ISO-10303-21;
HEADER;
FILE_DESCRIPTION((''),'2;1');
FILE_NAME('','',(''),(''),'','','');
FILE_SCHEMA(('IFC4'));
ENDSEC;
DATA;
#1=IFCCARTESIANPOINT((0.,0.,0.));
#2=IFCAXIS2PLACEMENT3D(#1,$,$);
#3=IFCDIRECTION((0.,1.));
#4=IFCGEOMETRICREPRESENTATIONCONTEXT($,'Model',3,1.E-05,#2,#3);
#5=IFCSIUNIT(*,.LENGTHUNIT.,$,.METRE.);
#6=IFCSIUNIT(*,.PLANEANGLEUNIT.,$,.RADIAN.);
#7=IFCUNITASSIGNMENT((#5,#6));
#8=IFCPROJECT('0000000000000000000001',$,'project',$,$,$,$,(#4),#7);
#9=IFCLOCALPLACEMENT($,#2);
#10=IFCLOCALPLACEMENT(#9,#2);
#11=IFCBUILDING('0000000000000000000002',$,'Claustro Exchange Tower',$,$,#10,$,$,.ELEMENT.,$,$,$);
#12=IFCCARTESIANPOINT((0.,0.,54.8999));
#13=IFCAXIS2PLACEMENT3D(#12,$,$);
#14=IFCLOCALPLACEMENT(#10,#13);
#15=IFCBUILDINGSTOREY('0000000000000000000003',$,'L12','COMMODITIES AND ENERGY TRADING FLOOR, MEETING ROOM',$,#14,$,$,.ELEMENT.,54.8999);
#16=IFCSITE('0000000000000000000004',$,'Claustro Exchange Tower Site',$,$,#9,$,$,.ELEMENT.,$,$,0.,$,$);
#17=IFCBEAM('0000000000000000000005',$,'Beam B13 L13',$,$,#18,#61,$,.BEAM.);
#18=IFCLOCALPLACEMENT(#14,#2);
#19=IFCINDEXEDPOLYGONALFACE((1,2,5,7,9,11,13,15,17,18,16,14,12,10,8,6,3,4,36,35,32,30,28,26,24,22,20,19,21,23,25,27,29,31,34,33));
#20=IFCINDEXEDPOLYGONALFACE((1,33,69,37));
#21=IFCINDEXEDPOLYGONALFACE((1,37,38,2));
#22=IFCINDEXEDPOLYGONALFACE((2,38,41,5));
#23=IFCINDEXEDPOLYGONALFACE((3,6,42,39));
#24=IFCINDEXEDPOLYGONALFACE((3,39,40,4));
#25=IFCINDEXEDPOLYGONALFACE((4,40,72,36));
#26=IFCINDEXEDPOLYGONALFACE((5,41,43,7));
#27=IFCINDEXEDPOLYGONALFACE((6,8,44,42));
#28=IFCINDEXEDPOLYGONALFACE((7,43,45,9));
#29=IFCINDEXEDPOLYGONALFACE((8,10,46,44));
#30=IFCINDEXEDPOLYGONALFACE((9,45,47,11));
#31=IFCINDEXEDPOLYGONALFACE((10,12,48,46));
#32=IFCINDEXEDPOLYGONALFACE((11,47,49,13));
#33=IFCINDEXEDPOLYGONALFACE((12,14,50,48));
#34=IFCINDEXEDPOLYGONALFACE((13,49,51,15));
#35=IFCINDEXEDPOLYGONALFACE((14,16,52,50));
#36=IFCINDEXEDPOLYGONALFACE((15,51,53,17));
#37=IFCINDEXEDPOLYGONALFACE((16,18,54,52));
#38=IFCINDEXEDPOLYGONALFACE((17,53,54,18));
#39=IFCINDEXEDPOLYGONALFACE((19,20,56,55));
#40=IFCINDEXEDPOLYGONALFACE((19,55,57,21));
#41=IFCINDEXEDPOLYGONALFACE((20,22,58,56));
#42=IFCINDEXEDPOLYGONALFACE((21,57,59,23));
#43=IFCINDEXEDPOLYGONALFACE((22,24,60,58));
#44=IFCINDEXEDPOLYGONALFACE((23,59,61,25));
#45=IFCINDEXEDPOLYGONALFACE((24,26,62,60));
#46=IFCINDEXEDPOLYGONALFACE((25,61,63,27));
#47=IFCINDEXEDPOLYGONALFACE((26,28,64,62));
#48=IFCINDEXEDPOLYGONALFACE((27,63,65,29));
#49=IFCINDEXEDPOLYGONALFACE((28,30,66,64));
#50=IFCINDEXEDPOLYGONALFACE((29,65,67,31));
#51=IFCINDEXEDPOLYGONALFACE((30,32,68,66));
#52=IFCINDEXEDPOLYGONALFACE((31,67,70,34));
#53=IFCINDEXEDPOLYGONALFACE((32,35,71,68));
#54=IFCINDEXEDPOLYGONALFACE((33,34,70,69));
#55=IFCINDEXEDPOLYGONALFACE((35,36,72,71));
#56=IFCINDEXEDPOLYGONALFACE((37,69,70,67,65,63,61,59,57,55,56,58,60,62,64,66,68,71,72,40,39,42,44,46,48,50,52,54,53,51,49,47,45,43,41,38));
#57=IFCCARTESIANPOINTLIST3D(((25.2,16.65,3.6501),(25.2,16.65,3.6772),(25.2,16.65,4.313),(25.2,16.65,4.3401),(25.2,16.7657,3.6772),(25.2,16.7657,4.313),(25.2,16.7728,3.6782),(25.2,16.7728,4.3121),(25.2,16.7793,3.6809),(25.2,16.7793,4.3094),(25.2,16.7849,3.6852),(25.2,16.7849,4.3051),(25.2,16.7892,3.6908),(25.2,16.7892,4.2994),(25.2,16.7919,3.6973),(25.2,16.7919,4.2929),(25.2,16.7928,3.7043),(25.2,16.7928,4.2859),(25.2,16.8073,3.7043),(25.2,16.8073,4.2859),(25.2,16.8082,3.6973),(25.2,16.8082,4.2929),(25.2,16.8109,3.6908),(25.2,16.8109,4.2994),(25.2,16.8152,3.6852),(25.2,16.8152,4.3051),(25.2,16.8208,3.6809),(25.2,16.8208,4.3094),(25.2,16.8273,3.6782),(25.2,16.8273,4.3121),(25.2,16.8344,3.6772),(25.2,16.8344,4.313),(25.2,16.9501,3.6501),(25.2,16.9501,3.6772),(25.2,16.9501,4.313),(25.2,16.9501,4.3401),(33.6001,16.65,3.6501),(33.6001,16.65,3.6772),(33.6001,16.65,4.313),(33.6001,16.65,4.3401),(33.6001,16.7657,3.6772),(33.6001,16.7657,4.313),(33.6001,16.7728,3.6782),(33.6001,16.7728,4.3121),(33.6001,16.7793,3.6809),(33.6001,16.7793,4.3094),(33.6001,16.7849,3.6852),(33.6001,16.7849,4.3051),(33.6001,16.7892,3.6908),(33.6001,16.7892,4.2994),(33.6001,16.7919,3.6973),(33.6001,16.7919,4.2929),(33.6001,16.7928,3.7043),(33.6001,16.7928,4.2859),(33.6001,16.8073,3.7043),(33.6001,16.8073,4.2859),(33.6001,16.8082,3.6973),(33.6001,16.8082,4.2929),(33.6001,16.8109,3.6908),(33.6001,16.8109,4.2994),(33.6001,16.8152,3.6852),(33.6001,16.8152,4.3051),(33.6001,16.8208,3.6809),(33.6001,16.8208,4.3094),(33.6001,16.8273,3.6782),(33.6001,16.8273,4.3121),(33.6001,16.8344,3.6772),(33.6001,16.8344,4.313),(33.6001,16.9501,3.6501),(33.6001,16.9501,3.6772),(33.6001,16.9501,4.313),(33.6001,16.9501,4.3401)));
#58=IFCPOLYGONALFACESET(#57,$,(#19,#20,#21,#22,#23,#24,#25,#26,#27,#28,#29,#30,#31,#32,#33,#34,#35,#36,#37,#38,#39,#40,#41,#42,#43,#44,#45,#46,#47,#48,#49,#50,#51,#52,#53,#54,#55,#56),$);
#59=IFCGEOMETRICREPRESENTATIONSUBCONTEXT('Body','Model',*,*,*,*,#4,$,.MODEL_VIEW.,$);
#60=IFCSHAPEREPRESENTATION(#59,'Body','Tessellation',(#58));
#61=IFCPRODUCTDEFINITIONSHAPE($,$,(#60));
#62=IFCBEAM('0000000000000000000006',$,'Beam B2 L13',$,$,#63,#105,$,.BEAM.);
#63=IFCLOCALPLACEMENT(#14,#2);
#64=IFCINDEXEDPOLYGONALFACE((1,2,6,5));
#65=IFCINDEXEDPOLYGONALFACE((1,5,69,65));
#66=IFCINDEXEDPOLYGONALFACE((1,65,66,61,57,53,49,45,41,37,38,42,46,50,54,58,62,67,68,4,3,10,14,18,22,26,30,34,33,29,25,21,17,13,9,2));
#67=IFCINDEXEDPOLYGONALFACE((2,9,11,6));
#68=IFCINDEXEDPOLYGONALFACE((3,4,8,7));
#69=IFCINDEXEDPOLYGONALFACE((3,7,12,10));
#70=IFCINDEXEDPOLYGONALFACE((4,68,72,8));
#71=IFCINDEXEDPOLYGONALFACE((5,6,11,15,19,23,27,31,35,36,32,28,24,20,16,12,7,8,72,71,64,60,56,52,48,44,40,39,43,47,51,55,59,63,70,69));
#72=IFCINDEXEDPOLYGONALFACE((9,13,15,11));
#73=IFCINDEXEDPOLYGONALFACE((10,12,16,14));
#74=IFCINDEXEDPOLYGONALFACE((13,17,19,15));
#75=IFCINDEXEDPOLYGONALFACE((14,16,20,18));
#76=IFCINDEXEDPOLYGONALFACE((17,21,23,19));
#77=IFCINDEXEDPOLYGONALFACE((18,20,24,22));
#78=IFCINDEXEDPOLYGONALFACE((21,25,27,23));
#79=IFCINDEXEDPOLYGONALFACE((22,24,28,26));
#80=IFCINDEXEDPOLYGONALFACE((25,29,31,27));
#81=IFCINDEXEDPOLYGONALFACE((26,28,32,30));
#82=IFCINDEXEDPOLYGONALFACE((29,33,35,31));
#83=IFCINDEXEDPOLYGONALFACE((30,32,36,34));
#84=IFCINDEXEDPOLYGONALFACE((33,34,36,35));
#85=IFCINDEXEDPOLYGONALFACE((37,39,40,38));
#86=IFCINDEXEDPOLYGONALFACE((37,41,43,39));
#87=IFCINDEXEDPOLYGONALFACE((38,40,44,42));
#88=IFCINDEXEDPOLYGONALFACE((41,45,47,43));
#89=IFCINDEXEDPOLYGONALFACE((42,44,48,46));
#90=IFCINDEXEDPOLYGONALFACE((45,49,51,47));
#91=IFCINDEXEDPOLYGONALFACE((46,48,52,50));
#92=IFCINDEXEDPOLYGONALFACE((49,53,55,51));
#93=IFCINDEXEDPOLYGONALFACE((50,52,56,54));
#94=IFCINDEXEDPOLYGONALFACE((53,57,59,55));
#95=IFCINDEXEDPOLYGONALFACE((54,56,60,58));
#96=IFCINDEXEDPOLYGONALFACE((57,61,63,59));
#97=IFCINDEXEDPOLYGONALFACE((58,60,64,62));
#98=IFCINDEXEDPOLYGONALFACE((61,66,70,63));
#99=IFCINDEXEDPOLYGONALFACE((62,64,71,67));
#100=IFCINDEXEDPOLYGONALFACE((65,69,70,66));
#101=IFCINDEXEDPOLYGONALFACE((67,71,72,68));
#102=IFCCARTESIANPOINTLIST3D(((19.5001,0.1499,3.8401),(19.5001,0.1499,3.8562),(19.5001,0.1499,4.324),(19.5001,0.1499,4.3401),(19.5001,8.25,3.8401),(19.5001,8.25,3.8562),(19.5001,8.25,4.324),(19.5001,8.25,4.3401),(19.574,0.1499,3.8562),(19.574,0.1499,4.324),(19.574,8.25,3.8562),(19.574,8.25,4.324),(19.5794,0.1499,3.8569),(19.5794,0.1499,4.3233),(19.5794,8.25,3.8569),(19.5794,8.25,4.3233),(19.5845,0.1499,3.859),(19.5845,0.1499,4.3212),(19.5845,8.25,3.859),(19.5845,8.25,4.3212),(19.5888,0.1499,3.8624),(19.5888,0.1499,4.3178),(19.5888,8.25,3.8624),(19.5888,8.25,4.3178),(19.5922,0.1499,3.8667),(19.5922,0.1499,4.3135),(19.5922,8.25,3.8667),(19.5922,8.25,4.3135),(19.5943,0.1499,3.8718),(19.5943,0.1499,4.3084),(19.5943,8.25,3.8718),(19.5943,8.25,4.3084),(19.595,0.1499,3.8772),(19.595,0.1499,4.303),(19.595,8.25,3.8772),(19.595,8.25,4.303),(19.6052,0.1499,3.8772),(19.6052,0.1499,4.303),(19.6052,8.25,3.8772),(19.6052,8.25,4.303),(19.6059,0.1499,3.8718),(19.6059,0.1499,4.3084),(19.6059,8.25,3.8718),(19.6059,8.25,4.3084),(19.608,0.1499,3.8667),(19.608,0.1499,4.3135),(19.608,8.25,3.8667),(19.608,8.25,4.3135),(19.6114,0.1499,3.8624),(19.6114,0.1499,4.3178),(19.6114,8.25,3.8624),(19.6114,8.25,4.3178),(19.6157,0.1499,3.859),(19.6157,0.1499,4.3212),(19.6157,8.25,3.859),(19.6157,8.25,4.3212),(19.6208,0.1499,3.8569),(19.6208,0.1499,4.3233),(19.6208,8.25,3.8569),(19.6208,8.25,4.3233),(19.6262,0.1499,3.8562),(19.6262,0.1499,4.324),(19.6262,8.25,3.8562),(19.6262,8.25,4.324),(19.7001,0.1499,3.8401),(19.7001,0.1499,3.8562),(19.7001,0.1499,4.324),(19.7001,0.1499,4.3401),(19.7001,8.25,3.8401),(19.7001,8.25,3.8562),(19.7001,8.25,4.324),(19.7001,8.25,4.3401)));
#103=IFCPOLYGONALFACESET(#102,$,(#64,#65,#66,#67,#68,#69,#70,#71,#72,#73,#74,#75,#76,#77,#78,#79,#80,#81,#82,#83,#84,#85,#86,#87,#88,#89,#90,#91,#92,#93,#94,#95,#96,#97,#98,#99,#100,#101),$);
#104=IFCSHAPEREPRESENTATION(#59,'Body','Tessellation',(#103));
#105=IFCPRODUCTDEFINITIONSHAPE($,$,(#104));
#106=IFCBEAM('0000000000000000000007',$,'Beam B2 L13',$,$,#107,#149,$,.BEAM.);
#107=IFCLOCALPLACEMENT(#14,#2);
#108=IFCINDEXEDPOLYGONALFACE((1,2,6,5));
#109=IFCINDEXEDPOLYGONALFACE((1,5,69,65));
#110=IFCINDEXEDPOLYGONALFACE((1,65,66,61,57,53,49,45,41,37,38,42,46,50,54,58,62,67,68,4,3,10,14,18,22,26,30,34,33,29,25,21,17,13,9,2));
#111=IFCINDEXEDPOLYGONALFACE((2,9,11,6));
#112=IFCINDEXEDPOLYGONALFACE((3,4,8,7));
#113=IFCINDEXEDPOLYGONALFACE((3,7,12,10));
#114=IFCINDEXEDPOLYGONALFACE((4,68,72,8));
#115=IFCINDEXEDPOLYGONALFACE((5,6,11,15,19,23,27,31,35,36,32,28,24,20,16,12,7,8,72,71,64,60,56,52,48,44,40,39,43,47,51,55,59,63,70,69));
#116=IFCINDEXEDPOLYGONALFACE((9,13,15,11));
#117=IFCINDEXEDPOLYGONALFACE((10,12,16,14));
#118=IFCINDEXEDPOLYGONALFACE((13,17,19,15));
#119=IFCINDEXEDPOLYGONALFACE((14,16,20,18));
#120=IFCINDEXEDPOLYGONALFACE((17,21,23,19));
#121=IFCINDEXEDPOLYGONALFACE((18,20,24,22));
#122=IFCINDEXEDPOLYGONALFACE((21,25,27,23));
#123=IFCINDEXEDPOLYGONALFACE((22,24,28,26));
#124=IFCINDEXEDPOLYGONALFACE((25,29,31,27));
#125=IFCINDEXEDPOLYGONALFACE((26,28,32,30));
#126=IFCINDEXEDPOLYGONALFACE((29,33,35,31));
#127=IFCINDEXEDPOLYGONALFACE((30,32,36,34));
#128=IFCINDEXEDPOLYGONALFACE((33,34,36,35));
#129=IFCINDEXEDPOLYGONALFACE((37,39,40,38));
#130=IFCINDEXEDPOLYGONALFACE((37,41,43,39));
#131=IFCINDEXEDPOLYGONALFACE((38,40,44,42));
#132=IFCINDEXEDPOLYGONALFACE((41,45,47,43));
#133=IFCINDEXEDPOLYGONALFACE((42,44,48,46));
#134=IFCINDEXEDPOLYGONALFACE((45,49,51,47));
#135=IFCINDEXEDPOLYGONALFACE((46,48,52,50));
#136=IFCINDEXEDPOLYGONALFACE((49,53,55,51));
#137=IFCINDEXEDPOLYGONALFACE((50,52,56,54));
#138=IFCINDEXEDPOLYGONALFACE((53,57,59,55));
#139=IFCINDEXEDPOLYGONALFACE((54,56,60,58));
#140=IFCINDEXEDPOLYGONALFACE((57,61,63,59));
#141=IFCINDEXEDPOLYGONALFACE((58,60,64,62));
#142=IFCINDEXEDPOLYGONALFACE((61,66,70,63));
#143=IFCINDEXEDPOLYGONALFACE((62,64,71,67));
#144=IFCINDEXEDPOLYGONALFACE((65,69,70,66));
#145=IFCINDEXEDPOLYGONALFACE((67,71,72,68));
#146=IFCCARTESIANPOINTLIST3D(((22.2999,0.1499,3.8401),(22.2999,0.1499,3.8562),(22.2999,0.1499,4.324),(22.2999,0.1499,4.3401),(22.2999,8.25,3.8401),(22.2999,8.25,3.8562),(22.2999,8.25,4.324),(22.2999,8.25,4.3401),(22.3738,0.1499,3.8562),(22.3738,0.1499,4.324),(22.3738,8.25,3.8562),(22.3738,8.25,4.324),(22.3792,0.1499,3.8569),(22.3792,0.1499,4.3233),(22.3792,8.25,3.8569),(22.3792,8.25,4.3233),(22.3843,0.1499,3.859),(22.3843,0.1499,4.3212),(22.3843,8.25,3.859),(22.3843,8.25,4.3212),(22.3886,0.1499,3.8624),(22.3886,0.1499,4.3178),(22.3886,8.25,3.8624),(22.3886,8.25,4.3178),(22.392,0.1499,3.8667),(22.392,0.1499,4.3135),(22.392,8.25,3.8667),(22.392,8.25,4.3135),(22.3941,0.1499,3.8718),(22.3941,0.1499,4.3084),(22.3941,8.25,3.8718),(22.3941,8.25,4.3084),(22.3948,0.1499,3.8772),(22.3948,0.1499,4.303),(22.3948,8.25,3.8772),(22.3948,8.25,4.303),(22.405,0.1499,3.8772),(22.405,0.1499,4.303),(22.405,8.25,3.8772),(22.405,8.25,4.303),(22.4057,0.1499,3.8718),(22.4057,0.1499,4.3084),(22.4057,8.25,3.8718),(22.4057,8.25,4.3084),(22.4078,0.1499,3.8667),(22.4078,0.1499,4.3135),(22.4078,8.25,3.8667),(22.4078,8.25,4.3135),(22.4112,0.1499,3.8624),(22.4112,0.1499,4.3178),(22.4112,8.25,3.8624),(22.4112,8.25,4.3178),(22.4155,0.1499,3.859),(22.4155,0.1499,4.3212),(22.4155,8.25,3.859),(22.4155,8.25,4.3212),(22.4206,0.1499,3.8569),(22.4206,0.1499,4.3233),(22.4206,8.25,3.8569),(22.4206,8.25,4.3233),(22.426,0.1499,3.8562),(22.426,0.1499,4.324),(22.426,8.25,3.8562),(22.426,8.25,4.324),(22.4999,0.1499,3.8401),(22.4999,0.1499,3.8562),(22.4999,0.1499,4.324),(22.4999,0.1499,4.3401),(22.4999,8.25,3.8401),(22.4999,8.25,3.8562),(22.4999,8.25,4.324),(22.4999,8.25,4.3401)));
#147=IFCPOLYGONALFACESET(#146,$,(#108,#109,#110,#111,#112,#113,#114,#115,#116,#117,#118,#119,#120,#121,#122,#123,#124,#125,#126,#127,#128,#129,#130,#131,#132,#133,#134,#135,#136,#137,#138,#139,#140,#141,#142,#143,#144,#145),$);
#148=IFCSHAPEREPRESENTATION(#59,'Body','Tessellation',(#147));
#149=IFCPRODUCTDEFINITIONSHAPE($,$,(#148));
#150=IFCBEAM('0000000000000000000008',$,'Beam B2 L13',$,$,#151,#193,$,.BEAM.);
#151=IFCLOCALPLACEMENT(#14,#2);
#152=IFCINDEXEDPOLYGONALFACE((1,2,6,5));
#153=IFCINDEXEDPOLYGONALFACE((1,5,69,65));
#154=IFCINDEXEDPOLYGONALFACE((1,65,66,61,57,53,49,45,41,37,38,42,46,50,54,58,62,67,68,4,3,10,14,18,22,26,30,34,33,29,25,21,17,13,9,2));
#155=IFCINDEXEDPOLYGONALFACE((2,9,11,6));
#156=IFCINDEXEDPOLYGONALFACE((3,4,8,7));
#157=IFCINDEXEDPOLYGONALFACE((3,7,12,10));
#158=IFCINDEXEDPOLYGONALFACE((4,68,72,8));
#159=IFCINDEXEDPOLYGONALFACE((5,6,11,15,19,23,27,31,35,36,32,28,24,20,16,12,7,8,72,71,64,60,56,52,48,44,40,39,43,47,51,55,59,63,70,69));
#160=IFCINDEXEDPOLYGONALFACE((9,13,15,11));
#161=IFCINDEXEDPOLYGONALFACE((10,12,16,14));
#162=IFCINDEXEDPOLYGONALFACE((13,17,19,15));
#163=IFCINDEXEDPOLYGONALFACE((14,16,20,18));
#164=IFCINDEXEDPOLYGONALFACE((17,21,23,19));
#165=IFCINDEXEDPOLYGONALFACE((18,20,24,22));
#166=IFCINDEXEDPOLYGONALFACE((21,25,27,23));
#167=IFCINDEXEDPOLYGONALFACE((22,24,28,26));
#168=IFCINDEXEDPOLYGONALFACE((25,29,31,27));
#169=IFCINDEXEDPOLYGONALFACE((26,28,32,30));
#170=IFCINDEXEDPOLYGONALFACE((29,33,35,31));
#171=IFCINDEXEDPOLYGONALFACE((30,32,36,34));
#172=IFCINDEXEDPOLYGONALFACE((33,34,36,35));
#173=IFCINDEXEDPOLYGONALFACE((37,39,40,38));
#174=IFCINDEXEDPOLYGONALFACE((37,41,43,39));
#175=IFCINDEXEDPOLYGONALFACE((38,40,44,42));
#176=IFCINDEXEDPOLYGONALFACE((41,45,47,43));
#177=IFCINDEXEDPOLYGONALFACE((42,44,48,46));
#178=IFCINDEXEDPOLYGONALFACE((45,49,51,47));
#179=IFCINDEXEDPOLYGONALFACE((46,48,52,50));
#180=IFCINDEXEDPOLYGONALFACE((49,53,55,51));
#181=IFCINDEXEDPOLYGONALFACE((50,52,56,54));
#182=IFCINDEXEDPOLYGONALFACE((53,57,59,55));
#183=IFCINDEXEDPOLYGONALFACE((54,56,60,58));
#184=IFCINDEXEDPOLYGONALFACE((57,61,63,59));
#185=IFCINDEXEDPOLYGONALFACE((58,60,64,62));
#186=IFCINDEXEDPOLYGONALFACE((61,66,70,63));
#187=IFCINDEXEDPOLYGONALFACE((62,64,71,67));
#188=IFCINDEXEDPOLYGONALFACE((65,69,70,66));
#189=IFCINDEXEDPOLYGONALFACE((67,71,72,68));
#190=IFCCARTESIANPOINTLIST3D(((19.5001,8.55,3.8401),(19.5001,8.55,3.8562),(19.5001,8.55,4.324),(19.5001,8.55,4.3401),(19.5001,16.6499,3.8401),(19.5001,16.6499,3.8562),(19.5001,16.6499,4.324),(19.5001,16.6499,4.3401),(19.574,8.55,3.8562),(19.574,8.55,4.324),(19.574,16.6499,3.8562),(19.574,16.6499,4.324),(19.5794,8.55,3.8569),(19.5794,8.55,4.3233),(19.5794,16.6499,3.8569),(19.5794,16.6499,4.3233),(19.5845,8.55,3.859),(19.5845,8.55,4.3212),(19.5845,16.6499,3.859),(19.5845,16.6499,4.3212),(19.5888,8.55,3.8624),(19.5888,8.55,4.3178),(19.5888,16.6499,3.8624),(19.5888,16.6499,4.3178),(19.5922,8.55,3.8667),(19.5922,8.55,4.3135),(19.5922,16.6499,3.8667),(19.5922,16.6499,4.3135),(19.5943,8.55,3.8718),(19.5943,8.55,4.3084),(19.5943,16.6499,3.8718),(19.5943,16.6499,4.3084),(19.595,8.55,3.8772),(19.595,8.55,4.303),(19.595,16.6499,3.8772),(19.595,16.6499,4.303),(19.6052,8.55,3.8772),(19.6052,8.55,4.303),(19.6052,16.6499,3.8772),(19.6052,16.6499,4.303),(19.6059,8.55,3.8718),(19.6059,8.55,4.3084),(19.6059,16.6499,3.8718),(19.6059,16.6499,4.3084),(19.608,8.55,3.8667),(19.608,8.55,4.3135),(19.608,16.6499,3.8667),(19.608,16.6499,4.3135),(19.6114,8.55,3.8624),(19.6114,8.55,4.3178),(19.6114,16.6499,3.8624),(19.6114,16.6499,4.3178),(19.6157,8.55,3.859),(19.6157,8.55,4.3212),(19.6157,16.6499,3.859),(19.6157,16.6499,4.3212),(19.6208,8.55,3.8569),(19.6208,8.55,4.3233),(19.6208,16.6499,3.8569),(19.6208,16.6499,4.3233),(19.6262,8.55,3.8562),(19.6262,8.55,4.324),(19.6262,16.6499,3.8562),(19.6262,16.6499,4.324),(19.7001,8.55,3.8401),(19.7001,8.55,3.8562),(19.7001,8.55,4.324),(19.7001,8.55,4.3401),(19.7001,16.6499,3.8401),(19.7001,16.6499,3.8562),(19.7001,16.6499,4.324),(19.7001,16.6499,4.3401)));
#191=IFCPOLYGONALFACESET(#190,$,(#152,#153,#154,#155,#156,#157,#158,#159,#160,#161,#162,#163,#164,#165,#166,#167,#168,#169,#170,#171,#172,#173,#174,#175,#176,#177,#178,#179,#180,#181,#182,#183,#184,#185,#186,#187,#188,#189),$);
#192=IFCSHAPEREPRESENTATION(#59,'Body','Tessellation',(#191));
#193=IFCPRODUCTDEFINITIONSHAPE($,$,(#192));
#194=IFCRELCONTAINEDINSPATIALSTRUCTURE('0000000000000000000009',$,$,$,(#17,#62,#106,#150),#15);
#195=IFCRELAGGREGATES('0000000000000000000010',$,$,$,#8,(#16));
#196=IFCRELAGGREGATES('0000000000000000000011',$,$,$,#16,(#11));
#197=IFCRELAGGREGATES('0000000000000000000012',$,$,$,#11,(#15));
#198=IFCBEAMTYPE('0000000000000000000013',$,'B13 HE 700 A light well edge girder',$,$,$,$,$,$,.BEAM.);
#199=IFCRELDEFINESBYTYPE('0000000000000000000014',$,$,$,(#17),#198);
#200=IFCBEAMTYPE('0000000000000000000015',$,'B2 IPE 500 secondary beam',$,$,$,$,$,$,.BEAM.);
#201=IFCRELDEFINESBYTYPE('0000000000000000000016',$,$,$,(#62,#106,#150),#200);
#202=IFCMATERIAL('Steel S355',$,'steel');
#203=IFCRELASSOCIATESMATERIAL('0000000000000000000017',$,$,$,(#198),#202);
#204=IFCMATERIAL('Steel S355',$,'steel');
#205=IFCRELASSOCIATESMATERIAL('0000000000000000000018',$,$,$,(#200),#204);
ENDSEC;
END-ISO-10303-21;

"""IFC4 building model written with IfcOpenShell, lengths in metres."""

from ifc_helpers import new_model, si_unit, direction, frame, origin, origin_2d, place, context, subcontext, project, spatial, i_section, extrude, material, material_profile, profile_set, type_object, element, save


model = new_model("IFC4")

# Units and contexts
model_context = context("Model", 3, precision=1e-05, world=origin(), true_north=direction((0.0, 1.0)))
body_context = subcontext(model_context, "Body", "Model", "MODEL_VIEW")
ifc_project = project(units=[si_unit("LENGTHUNIT", "METRE"), si_unit("PLANEANGLEUNIT", "RADIAN")], contexts=[model_context])

# Site, building, storey
site_placement = place(None, origin())
site = spatial("IfcSite", under=ifc_project, at=site_placement, Name="Claustro Exchange Tower Site", CompositionType="ELEMENT", RefElevation=0.0)
building_placement = place(site_placement, origin())
building = spatial("IfcBuilding", under=site, at=building_placement, Name="Claustro Exchange Tower", CompositionType="ELEMENT")
storey_placement = place(building_placement, frame((0.0, 0.0, 54.8999)))
storey = spatial("IfcBuildingStorey", under=building, at=storey_placement, Name="L12", Description="COMMODITIES AND ENERGY TRADING FLOOR, MEETING ROOM", CompositionType="ELEMENT", Elevation=54.8999)

# Beams
ifc_material_1 = material(Name="Steel S355", Category="steel")
ifc_material_profile_1 = material_profile(ifc_material_1, i_section(OverallWidth=0.3, OverallDepth=0.6899, WebThickness=0.0144, FlangeThickness=0.0271, FilletRadius=0.0271, at=origin_2d()), Name="HE 700 A")
ifc_profile_set_1 = profile_set([ifc_material_profile_1], Name="Steel S355")
beam_type_1 = type_object("IfcBeamType", Name="B13 HE 700 A light well edge girder", PredefinedType="BEAM", material=ifc_profile_set_1)
beam_1_placement = place(storey_placement, frame((25.2, 16.8, 3.9951), z_axis=(1.0, 0.0, 0.0), x_axis=(0.0, 1.0, 0.0)))
element("IfcBeam", 1, at=beam_1_placement, inside=storey, type_object=beam_type_1, Name="Beam B13 L13", PredefinedType="BEAM", context=body_context, shape_type="SweptSolid", body=[
    extrude(i_section(OverallWidth=0.3, OverallDepth=0.6899, WebThickness=0.0144, FlangeThickness=0.0271, FilletRadius=0.0271, at=origin_2d()), origin(), (0.0, 0.0, 1.0), 8.4001),
])
ifc_material_2 = material(Name="Steel S355", Category="steel")
ifc_material_profile_2 = material_profile(ifc_material_2, i_section(OverallWidth=0.2, OverallDepth=0.5, WebThickness=0.0103, FlangeThickness=0.0161, FilletRadius=0.021, at=origin_2d()), Name="IPE 500")
ifc_profile_set_2 = profile_set([ifc_material_profile_2], Name="Steel S355")
beam_type_2 = type_object("IfcBeamType", Name="B2 IPE 500 secondary beam", PredefinedType="BEAM", material=ifc_profile_set_2)
for number, where, z_axis, x_axis, name in (
    (2, (19.6001, 0.1499, 4.0901), (0.0, 1.0, 0.0), (-1.0, 0.0, 0.0), "Beam B2 L13"),
    (3, (22.3999, 0.1499, 4.0901), (0.0, 1.0, 0.0), (-1.0, 0.0, 0.0), "Beam B2 L13"),
):
    element("IfcBeam", number, at=place(storey_placement, frame(where, z_axis=z_axis, x_axis=x_axis)), inside=storey, type_object=beam_type_2, Name=name, PredefinedType="BEAM", context=body_context, shape_type="SweptSolid", body=[
        extrude(i_section(OverallWidth=0.2, OverallDepth=0.5, WebThickness=0.0103, FlangeThickness=0.0161, FilletRadius=0.021, at=origin_2d()), origin(), (0.0, 0.0, 1.0), 8.1001),
    ])
for number, where, z_axis, x_axis, name in (
    (4, (19.6001, 8.55, 4.0901), (0.0, 1.0, 0.0), (-1.0, 0.0, 0.0), "Beam B2 L13"),
):
    element("IfcBeam", number, at=place(storey_placement, frame(where, z_axis=z_axis, x_axis=x_axis)), inside=storey, type_object=beam_type_2, Name=name, PredefinedType="BEAM", context=body_context, shape_type="SweptSolid", body=[
        extrude(i_section(OverallWidth=0.2, OverallDepth=0.5, WebThickness=0.0103, FlangeThickness=0.0161, FilletRadius=0.021, at=origin_2d()), origin(), (0.0, 0.0, 1.0), 8.0999),
    ])

save(model, "model.ifc")
